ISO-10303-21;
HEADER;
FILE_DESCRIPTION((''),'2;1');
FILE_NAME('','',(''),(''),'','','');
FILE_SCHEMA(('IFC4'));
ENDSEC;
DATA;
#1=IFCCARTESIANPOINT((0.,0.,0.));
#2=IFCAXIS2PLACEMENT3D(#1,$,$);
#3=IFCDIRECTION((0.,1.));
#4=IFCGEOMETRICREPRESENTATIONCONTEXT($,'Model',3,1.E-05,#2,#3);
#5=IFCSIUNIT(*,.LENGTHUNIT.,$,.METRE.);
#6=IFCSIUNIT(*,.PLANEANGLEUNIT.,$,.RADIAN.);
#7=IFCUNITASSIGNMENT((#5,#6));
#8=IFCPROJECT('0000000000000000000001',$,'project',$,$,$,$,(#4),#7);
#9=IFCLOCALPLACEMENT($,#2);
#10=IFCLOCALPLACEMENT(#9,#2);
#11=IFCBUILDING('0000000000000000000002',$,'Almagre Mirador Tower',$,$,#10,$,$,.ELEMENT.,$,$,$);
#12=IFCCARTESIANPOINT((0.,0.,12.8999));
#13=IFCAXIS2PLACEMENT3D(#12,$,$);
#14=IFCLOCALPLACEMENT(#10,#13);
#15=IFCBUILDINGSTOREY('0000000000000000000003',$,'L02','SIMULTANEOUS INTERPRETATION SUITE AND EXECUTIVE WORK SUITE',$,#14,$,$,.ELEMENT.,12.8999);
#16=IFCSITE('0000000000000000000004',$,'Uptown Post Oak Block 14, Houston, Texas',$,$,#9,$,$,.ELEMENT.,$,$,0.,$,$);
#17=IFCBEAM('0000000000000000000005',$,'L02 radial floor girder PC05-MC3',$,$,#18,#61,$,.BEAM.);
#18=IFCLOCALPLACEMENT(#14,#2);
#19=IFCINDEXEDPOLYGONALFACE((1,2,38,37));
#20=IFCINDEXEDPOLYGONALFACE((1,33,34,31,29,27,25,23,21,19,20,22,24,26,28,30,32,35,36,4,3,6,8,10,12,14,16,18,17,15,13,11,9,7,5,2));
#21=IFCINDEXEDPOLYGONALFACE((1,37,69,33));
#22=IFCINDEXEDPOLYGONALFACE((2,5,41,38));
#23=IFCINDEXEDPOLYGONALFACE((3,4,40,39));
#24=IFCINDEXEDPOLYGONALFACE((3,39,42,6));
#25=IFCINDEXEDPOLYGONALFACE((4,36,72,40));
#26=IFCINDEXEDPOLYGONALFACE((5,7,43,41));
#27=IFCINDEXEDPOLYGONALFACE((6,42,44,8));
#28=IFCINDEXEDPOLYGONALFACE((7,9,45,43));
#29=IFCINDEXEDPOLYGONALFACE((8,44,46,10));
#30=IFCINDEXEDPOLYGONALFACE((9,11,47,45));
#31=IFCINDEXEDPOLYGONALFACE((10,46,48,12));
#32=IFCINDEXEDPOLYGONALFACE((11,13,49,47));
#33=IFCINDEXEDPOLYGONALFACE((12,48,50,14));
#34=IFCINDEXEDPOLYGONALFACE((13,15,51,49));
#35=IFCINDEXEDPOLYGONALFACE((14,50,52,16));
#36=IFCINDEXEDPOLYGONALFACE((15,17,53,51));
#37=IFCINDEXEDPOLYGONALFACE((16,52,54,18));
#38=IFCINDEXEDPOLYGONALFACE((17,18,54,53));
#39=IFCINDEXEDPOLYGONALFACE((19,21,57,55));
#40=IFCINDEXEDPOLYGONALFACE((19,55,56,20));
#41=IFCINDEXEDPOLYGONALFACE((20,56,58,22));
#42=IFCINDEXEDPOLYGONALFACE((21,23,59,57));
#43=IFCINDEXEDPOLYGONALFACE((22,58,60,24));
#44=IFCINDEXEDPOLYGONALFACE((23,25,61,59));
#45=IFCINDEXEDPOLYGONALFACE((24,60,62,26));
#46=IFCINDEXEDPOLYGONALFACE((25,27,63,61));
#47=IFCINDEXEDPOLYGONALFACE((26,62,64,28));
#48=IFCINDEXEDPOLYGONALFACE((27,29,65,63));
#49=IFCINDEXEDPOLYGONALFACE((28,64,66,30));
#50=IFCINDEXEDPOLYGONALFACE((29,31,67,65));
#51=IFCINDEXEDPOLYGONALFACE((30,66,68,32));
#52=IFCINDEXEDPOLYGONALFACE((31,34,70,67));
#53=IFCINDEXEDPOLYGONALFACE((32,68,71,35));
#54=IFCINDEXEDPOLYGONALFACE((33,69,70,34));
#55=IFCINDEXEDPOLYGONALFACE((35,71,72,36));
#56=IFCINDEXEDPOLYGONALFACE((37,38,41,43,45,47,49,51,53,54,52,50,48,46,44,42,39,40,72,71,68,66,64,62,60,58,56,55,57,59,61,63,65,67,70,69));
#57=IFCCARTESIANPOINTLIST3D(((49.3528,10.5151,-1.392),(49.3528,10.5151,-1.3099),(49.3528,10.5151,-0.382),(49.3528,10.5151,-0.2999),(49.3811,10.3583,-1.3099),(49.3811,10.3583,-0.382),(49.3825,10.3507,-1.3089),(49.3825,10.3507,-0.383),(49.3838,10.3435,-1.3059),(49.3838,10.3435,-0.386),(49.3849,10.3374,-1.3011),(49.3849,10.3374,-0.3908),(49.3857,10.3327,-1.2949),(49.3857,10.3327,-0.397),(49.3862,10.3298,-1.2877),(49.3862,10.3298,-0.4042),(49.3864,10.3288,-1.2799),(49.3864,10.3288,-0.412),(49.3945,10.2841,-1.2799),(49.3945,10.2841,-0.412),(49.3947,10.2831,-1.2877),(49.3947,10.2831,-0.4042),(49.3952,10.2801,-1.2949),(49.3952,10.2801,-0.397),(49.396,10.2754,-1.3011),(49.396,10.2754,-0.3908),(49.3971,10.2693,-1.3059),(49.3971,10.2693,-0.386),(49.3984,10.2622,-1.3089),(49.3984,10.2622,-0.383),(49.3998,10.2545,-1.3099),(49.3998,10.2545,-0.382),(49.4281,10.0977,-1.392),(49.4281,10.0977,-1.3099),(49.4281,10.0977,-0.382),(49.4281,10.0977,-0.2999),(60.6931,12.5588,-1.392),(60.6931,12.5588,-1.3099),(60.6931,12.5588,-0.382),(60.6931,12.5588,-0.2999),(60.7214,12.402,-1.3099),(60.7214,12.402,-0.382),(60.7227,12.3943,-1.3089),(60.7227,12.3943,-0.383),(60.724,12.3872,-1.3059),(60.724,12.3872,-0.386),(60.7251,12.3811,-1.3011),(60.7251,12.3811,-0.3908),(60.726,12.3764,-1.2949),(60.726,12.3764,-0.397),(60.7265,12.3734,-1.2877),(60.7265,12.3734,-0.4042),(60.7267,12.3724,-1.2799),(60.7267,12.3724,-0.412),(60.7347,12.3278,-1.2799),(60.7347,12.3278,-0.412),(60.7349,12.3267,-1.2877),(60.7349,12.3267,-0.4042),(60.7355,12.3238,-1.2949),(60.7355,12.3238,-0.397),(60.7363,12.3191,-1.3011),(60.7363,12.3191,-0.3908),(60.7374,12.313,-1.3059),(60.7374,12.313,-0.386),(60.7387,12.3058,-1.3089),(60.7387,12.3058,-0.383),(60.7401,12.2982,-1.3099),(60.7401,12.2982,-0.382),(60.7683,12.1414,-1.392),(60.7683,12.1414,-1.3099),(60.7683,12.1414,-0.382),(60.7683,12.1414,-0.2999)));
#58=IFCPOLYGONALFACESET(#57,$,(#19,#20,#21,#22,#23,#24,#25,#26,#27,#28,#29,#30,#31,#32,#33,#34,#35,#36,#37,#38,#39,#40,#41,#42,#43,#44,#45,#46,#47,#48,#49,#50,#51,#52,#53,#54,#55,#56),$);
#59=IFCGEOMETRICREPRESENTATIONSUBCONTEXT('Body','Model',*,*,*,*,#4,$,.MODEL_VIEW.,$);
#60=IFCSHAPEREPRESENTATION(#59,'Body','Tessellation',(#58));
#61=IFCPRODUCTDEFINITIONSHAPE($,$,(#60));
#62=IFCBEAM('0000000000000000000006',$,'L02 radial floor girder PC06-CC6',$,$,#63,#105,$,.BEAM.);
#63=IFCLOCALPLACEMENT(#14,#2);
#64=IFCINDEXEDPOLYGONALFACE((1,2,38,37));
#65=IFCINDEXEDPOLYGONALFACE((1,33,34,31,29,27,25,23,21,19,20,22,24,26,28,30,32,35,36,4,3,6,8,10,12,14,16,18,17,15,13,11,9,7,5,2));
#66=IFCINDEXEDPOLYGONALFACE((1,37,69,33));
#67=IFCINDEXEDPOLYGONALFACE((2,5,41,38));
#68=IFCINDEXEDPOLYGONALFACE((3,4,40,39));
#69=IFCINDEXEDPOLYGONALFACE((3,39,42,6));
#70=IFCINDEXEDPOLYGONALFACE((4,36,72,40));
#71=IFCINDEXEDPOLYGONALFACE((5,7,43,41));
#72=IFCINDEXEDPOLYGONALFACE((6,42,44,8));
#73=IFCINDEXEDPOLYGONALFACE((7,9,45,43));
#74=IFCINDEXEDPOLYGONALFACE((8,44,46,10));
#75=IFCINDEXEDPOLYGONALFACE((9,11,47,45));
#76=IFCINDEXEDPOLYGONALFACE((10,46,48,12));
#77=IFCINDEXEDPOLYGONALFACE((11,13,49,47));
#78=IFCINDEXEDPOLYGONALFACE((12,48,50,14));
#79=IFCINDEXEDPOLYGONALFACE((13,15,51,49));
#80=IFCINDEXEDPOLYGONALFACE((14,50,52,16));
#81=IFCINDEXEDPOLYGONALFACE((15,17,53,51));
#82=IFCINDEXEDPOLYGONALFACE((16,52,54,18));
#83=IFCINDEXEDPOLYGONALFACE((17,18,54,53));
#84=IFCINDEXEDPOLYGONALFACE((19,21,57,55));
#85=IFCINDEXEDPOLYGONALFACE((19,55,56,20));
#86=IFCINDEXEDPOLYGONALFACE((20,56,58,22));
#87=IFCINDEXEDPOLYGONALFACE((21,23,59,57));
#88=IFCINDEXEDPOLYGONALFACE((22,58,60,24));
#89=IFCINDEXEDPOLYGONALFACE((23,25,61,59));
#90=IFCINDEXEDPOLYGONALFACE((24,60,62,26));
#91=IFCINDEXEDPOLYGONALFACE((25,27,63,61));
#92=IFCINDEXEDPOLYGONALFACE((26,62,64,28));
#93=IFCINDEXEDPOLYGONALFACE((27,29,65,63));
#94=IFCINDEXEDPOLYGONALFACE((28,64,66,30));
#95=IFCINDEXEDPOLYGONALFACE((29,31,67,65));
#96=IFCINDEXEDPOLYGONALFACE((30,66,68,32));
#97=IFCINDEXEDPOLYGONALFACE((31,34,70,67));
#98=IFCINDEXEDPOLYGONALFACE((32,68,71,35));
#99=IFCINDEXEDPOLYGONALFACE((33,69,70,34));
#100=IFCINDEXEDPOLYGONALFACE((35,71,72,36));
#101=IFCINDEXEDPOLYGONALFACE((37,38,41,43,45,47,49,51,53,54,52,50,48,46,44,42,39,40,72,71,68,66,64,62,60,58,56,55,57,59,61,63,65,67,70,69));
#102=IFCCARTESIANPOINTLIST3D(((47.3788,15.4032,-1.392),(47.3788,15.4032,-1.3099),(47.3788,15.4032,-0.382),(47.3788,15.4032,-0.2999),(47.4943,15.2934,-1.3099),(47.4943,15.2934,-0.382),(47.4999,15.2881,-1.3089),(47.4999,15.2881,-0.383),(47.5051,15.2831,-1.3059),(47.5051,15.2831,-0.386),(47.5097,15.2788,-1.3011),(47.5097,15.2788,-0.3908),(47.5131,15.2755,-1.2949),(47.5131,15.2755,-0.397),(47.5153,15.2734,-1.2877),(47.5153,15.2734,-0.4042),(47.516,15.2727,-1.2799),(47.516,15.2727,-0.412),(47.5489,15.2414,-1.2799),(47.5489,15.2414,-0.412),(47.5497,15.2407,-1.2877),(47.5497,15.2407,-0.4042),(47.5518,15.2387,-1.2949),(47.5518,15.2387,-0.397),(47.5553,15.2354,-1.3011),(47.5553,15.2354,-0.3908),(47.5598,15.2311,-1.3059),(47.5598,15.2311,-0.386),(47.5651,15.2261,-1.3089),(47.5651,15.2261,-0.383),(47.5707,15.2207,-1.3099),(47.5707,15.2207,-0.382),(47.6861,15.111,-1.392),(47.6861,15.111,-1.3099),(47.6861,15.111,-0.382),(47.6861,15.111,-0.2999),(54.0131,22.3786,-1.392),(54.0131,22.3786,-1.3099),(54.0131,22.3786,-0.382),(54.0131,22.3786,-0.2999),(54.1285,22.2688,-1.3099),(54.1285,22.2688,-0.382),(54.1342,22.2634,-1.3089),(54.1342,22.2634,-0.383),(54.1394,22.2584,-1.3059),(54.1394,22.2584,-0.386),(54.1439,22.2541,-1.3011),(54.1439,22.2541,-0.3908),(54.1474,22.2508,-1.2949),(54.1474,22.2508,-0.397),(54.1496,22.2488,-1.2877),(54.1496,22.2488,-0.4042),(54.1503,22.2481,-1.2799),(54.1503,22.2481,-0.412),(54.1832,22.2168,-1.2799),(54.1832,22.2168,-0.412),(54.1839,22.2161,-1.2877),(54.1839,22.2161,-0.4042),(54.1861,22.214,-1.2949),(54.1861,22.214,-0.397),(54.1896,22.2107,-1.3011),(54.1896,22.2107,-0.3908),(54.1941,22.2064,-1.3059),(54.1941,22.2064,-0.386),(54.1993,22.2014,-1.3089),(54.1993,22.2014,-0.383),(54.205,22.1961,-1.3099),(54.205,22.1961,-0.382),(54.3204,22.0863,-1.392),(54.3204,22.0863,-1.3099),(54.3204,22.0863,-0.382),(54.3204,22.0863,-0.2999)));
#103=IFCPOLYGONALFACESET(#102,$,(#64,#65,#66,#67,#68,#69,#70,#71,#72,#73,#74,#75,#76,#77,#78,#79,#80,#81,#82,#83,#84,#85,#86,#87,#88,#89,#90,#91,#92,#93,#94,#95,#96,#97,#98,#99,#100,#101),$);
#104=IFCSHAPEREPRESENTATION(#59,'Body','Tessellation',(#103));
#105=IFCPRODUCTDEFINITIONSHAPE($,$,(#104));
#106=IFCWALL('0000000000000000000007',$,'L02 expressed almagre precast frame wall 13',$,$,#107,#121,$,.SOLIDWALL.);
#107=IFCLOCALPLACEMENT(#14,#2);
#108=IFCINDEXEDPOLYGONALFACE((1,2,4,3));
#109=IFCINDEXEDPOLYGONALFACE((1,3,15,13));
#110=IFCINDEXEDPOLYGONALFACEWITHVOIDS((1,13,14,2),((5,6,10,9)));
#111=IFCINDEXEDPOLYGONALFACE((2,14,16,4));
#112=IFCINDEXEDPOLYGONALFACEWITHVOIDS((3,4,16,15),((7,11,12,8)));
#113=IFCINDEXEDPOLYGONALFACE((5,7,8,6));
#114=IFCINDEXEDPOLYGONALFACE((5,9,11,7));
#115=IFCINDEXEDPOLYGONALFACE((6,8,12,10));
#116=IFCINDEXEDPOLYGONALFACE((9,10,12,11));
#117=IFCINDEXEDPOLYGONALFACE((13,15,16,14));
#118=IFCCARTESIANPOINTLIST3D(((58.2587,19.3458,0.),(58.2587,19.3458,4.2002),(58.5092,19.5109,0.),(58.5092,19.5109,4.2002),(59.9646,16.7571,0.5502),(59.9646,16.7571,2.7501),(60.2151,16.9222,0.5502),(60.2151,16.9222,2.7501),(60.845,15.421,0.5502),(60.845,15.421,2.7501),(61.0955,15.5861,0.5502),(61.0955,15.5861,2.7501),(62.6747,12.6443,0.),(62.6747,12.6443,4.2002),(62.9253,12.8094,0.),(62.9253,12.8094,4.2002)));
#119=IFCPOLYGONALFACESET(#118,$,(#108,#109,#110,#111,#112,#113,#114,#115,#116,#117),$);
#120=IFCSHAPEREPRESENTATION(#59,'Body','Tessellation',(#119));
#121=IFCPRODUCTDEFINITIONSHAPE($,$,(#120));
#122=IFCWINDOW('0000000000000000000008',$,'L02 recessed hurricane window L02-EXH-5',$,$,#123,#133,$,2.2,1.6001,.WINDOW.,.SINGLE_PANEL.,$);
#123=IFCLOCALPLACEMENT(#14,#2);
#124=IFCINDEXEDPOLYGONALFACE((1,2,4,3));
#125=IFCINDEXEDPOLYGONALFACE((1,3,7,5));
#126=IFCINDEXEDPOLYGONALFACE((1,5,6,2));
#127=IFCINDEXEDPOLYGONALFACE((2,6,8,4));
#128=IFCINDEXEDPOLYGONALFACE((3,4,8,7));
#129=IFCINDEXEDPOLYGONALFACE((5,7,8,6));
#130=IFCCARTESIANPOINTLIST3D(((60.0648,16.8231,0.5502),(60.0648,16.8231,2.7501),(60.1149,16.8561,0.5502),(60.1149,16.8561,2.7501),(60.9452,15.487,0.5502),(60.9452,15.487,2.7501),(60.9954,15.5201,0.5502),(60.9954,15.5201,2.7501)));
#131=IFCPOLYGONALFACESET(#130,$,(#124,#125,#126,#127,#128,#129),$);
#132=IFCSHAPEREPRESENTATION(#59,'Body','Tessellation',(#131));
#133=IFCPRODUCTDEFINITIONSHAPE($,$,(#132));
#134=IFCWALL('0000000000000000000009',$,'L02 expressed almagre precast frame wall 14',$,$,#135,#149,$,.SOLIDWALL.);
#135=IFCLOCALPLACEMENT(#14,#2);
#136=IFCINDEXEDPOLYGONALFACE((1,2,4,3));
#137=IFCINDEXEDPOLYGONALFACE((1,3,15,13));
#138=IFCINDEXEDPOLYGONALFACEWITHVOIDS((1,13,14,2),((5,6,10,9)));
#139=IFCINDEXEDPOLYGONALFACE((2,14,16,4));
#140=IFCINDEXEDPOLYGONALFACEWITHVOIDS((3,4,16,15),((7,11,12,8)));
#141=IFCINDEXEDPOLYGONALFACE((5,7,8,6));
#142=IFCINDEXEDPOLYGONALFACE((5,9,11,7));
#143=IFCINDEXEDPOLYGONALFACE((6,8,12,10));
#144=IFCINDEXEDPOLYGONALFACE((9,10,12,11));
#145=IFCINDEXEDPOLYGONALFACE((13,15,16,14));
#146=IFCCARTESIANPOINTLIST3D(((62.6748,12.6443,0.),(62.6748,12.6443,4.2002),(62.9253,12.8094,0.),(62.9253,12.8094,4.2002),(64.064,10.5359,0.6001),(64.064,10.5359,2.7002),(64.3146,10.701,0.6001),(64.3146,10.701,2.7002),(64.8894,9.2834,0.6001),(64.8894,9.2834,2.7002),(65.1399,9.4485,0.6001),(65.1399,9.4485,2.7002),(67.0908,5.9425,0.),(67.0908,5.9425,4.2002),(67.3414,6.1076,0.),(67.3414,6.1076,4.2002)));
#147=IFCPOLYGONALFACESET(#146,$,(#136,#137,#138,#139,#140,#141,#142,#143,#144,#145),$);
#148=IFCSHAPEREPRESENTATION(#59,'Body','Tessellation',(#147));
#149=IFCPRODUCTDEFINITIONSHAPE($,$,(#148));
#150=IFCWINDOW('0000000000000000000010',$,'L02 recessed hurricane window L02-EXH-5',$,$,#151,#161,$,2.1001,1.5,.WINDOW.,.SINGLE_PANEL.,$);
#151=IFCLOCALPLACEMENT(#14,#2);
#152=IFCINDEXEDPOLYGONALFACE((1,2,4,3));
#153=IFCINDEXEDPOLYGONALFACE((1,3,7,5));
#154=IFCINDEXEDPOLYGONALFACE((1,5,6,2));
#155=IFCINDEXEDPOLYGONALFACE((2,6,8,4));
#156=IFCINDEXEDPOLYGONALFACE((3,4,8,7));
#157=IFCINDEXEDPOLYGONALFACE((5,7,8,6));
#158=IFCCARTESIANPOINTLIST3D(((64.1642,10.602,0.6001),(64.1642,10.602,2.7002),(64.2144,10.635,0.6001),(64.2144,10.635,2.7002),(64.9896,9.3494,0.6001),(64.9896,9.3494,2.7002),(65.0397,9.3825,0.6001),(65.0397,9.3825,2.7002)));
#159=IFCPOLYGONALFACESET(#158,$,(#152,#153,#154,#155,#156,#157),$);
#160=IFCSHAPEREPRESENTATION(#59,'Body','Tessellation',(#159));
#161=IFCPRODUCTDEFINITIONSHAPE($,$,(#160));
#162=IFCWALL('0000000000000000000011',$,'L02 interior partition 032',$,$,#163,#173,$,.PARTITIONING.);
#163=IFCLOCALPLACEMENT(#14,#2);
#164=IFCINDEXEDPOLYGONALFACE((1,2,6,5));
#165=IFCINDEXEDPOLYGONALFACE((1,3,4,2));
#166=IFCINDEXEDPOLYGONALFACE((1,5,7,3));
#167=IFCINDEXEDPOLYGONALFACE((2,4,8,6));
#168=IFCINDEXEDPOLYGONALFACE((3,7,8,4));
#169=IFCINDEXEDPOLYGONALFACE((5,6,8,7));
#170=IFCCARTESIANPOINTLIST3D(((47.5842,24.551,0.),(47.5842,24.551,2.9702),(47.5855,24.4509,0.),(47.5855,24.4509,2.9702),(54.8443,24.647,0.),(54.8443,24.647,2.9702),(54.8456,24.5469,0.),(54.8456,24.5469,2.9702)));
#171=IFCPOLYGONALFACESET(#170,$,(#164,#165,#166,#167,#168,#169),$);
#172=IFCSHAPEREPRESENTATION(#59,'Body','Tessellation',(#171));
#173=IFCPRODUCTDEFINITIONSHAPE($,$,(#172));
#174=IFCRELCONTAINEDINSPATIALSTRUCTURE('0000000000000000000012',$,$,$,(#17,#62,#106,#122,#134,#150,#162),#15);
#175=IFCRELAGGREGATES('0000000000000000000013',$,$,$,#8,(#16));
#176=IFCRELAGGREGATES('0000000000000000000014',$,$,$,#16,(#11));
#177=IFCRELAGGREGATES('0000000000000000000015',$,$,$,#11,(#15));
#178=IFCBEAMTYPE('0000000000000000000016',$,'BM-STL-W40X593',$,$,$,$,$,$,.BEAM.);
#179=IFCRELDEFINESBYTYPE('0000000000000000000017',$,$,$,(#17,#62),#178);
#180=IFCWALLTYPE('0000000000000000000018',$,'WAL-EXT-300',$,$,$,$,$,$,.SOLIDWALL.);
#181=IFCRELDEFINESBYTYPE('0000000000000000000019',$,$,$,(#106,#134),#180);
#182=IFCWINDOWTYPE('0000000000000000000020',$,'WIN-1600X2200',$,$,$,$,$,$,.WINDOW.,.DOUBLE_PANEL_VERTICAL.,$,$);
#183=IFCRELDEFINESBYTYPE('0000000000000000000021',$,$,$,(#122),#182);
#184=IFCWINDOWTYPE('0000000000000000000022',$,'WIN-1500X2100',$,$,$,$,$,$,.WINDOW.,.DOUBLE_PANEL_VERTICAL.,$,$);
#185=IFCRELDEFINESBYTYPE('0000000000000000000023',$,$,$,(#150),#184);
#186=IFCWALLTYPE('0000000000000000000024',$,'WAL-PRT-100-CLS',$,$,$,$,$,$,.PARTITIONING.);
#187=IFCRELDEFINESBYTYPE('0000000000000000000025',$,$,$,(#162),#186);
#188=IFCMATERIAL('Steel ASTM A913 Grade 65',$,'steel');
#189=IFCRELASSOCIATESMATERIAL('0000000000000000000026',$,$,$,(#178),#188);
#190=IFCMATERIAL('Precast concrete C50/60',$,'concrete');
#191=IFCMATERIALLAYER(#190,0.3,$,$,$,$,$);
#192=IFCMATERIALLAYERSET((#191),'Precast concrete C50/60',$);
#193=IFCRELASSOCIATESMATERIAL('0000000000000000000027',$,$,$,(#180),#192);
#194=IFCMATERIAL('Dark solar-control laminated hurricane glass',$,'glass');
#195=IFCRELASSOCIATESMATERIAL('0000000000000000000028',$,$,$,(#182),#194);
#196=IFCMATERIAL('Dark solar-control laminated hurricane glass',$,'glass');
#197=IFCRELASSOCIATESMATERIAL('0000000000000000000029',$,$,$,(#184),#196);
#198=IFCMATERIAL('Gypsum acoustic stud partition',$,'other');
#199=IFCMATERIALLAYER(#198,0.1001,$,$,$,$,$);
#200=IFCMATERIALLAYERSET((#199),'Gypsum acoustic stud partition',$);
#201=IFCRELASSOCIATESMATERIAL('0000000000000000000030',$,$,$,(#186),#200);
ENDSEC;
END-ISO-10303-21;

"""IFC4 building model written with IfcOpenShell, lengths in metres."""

from ifc_helpers import new_model, si_unit, direction, frame, frame_2d, origin, origin_2d, place, context, subcontext, project, spatial, rectangle, i_section, extrude, material, layer, layer_set, material_profile, profile_set, type_object, element, fill, save


model = new_model("IFC4")

# Units and contexts
model_context = context("Model", 3, precision=1e-05, world=origin(), true_north=direction((0.0, 1.0)))
body_context = subcontext(model_context, "Body", "Model", "MODEL_VIEW")
ifc_project = project(units=[si_unit("LENGTHUNIT", "METRE"), si_unit("PLANEANGLEUNIT", "RADIAN")], contexts=[model_context])

# Site, building, storey
site_placement = place(None, origin())
site = spatial("IfcSite", under=ifc_project, at=site_placement, Name="Uptown Post Oak Block 14, Houston, Texas", CompositionType="ELEMENT", RefElevation=0.0)
building_placement = place(site_placement, origin())
building = spatial("IfcBuilding", under=site, at=building_placement, Name="Almagre Mirador Tower", CompositionType="ELEMENT")
storey_placement = place(building_placement, frame((0.0, 0.0, 12.8999)))
storey = spatial("IfcBuildingStorey", under=building, at=storey_placement, Name="L02", Description="SIMULTANEOUS INTERPRETATION SUITE AND EXECUTIVE WORK SUITE", CompositionType="ELEMENT", Elevation=12.8999)

# Beams
ifc_material_1 = material(Name="Steel ASTM A913 Grade 65", Category="steel")
ifc_material_profile_1 = material_profile(ifc_material_1, i_section(OverallWidth=0.4241, OverallDepth=1.092, WebThickness=0.0454, FlangeThickness=0.082, FilletRadius=0.03, at=origin_2d()), Name="W40X593")
ifc_profile_set_1 = profile_set([ifc_material_profile_1], Name="Steel ASTM A913 Grade 65")
beam_type_1 = type_object("IfcBeamType", Name="BM-STL-W40X593", PredefinedType="BEAM", material=ifc_profile_set_1)
beam_1_placement = place(storey_placement, frame((60.7307, 12.3501, -0.8459), z_axis=(-0.984146, -0.177358, 0.0), x_axis=(0.177358, -0.984146, 0.0)))
element("IfcBeam", 1, at=beam_1_placement, inside=storey, type_object=beam_type_1, Name="L02 radial floor girder PC05-MC3", PredefinedType="BEAM", context=body_context, shape_type="SweptSolid", body=[
    extrude(i_section(OverallWidth=0.4241, OverallDepth=1.092, WebThickness=0.0454, FlangeThickness=0.082, FilletRadius=0.03, at=origin_2d()), origin(), (0.0, 0.0, 1.0), 11.5229),
])
beam_2_placement = place(storey_placement, frame((54.1667, 22.2324, -0.8459), z_axis=(-0.68917, -0.7246, 0.0), x_axis=(0.7246, -0.68917, 0.0)))
element("IfcBeam", 2, at=beam_2_placement, inside=storey, type_object=beam_type_1, Name="L02 radial floor girder PC06-CC6", PredefinedType="BEAM", context=body_context, shape_type="SweptSolid", body=[
    extrude(i_section(OverallWidth=0.4241, OverallDepth=1.092, WebThickness=0.0454, FlangeThickness=0.082, FilletRadius=0.03, at=origin_2d()), origin(), (0.0, 0.0, 1.0), 9.6265),
])

# Walls, openings, windows
ifc_material_2 = material(Name="Precast concrete C50/60", Category="concrete")
ifc_layer_1 = layer(ifc_material_2, 0.3)
ifc_layer_set_1 = layer_set([ifc_layer_1], Name="Precast concrete C50/60")
wall_type_1 = type_object("IfcWallType", Name="WAL-EXT-300", PredefinedType="SOLIDWALL", material=ifc_layer_set_1)
wall_1_placement = place(storey_placement, frame((58.384, 19.4282, 0.0), z_axis=(0.0, 0.0, 1.0), x_axis=(0.550242, -0.835006, 0.0)))
wall_1 = element("IfcWall", 3, at=wall_1_placement, inside=storey, type_object=wall_type_1, Name="L02 expressed almagre precast frame wall 13", PredefinedType="SOLIDWALL", context=body_context, shape_type="SweptSolid", body=[
    extrude(rectangle(XDim=8.0256, YDim=0.3, at=frame_2d((4.0127, 0.0))), origin(), (0.0, 0.0, 1.0), 4.2002),
])
opening_1_placement = place(wall_1_placement, frame((3.1001, 0.0, 0.55)))
opening_1 = element("IfcOpeningElement", 4, at=opening_1_placement, cuts=wall_1, PredefinedType="OPENING", context=body_context, shape_type="SweptSolid", body=[
    extrude(rectangle(XDim=1.6001, YDim=2.2, at=frame_2d((0.8, 1.1001))), frame((0.0, 0.1599, 0.0), z_axis=(0.0, -1.0, 0.0), x_axis=(1.0, 0.0, 0.0)), (0.0, 0.0, 1.0), 0.32),
])
ifc_material_3 = material(Name="Dark solar-control laminated hurricane glass", Category="glass")
window_type_1 = type_object("IfcWindowType", Name="WIN-1600X2200", PartitioningType="DOUBLE_PANEL_VERTICAL", PredefinedType="WINDOW", material=ifc_material_3)
window_1_placement = place(opening_1_placement, origin())
window_1 = element("IfcWindow", 5, at=window_1_placement, inside=storey, type_object=window_type_1, Name="L02 recessed hurricane window L02-EXH-5", OverallHeight=2.2, OverallWidth=1.6001, PartitioningType="SINGLE_PANEL", PredefinedType="WINDOW", context=body_context, shape_type="SweptSolid", body=[
    extrude(rectangle(XDim=1.6001, YDim=2.2, at=frame_2d((0.8, 1.1001))), frame((0.0, 0.03, 0.0), z_axis=(0.0, -1.0, 0.0), x_axis=(1.0, 0.0, 0.0)), (0.0, 0.0, 1.0), 0.0601),
])
fill(opening_1, window_1)
wall_2_placement = place(storey_placement, frame((62.8, 12.7268, 0.0), z_axis=(0.0, 0.0, 1.0), x_axis=(0.550228, -0.835015, 0.0)))
wall_2 = element("IfcWall", 6, at=wall_2_placement, inside=storey, type_object=wall_type_1, Name="L02 expressed almagre precast frame wall 14", PredefinedType="SOLIDWALL", context=body_context, shape_type="SweptSolid", body=[
    extrude(rectangle(XDim=8.0259, YDim=0.3, at=frame_2d((4.0129, 0.0))), origin(), (0.0, 0.0, 1.0), 4.2002),
])
opening_2_placement = place(wall_2_placement, frame((2.5249, 0.0, 0.6001)))
opening_2 = element("IfcOpeningElement", 7, at=opening_2_placement, cuts=wall_2, PredefinedType="OPENING", context=body_context, shape_type="SweptSolid", body=[
    extrude(rectangle(XDim=1.5, YDim=2.1001, at=frame_2d((0.75, 1.05))), frame((0.0, 0.1599, 0.0), z_axis=(0.0, -1.0, 0.0), x_axis=(1.0, 0.0, 0.0)), (0.0, 0.0, 1.0), 0.32),
])
ifc_material_4 = material(Name="Dark solar-control laminated hurricane glass", Category="glass")
window_type_2 = type_object("IfcWindowType", Name="WIN-1500X2100", PartitioningType="DOUBLE_PANEL_VERTICAL", PredefinedType="WINDOW", material=ifc_material_4)
window_2_placement = place(opening_2_placement, origin())
window_2 = element("IfcWindow", 8, at=window_2_placement, inside=storey, type_object=window_type_2, Name="L02 recessed hurricane window L02-EXH-5", OverallHeight=2.1001, OverallWidth=1.5, PartitioningType="SINGLE_PANEL", PredefinedType="WINDOW", context=body_context, shape_type="SweptSolid", body=[
    extrude(rectangle(XDim=1.5, YDim=2.1001, at=frame_2d((0.75, 1.05))), frame((0.0, 0.03, 0.0), z_axis=(0.0, -1.0, 0.0), x_axis=(1.0, 0.0, 0.0)), (0.0, 0.0, 1.0), 0.0601),
])
fill(opening_2, window_2)

# Wall
ifc_material_5 = material(Name="Gypsum acoustic stud partition", Category="other")
ifc_layer_2 = layer(ifc_material_5, 0.1001)
ifc_layer_set_2 = layer_set([ifc_layer_2], Name="Gypsum acoustic stud partition")
wall_type_2 = type_object("IfcWallType", Name="WAL-PRT-100-CLS", PredefinedType="PARTITIONING", material=ifc_layer_set_2)
wall_3_placement = place(storey_placement, frame((54.845, 24.5969, 0.0), z_axis=(0.0, 0.0, 1.0), x_axis=(-0.999913, -0.013215, 0.0)))
element("IfcWall", 9, at=wall_3_placement, inside=storey, type_object=wall_type_2, Name="L02 interior partition 032", PredefinedType="PARTITIONING", context=body_context, shape_type="SweptSolid", body=[
    extrude(rectangle(XDim=7.2607, YDim=0.1001, at=frame_2d((3.6304, 0.0))), origin(), (0.0, 0.0, 1.0), 2.9702),
])

save(model, "model.ifc")
